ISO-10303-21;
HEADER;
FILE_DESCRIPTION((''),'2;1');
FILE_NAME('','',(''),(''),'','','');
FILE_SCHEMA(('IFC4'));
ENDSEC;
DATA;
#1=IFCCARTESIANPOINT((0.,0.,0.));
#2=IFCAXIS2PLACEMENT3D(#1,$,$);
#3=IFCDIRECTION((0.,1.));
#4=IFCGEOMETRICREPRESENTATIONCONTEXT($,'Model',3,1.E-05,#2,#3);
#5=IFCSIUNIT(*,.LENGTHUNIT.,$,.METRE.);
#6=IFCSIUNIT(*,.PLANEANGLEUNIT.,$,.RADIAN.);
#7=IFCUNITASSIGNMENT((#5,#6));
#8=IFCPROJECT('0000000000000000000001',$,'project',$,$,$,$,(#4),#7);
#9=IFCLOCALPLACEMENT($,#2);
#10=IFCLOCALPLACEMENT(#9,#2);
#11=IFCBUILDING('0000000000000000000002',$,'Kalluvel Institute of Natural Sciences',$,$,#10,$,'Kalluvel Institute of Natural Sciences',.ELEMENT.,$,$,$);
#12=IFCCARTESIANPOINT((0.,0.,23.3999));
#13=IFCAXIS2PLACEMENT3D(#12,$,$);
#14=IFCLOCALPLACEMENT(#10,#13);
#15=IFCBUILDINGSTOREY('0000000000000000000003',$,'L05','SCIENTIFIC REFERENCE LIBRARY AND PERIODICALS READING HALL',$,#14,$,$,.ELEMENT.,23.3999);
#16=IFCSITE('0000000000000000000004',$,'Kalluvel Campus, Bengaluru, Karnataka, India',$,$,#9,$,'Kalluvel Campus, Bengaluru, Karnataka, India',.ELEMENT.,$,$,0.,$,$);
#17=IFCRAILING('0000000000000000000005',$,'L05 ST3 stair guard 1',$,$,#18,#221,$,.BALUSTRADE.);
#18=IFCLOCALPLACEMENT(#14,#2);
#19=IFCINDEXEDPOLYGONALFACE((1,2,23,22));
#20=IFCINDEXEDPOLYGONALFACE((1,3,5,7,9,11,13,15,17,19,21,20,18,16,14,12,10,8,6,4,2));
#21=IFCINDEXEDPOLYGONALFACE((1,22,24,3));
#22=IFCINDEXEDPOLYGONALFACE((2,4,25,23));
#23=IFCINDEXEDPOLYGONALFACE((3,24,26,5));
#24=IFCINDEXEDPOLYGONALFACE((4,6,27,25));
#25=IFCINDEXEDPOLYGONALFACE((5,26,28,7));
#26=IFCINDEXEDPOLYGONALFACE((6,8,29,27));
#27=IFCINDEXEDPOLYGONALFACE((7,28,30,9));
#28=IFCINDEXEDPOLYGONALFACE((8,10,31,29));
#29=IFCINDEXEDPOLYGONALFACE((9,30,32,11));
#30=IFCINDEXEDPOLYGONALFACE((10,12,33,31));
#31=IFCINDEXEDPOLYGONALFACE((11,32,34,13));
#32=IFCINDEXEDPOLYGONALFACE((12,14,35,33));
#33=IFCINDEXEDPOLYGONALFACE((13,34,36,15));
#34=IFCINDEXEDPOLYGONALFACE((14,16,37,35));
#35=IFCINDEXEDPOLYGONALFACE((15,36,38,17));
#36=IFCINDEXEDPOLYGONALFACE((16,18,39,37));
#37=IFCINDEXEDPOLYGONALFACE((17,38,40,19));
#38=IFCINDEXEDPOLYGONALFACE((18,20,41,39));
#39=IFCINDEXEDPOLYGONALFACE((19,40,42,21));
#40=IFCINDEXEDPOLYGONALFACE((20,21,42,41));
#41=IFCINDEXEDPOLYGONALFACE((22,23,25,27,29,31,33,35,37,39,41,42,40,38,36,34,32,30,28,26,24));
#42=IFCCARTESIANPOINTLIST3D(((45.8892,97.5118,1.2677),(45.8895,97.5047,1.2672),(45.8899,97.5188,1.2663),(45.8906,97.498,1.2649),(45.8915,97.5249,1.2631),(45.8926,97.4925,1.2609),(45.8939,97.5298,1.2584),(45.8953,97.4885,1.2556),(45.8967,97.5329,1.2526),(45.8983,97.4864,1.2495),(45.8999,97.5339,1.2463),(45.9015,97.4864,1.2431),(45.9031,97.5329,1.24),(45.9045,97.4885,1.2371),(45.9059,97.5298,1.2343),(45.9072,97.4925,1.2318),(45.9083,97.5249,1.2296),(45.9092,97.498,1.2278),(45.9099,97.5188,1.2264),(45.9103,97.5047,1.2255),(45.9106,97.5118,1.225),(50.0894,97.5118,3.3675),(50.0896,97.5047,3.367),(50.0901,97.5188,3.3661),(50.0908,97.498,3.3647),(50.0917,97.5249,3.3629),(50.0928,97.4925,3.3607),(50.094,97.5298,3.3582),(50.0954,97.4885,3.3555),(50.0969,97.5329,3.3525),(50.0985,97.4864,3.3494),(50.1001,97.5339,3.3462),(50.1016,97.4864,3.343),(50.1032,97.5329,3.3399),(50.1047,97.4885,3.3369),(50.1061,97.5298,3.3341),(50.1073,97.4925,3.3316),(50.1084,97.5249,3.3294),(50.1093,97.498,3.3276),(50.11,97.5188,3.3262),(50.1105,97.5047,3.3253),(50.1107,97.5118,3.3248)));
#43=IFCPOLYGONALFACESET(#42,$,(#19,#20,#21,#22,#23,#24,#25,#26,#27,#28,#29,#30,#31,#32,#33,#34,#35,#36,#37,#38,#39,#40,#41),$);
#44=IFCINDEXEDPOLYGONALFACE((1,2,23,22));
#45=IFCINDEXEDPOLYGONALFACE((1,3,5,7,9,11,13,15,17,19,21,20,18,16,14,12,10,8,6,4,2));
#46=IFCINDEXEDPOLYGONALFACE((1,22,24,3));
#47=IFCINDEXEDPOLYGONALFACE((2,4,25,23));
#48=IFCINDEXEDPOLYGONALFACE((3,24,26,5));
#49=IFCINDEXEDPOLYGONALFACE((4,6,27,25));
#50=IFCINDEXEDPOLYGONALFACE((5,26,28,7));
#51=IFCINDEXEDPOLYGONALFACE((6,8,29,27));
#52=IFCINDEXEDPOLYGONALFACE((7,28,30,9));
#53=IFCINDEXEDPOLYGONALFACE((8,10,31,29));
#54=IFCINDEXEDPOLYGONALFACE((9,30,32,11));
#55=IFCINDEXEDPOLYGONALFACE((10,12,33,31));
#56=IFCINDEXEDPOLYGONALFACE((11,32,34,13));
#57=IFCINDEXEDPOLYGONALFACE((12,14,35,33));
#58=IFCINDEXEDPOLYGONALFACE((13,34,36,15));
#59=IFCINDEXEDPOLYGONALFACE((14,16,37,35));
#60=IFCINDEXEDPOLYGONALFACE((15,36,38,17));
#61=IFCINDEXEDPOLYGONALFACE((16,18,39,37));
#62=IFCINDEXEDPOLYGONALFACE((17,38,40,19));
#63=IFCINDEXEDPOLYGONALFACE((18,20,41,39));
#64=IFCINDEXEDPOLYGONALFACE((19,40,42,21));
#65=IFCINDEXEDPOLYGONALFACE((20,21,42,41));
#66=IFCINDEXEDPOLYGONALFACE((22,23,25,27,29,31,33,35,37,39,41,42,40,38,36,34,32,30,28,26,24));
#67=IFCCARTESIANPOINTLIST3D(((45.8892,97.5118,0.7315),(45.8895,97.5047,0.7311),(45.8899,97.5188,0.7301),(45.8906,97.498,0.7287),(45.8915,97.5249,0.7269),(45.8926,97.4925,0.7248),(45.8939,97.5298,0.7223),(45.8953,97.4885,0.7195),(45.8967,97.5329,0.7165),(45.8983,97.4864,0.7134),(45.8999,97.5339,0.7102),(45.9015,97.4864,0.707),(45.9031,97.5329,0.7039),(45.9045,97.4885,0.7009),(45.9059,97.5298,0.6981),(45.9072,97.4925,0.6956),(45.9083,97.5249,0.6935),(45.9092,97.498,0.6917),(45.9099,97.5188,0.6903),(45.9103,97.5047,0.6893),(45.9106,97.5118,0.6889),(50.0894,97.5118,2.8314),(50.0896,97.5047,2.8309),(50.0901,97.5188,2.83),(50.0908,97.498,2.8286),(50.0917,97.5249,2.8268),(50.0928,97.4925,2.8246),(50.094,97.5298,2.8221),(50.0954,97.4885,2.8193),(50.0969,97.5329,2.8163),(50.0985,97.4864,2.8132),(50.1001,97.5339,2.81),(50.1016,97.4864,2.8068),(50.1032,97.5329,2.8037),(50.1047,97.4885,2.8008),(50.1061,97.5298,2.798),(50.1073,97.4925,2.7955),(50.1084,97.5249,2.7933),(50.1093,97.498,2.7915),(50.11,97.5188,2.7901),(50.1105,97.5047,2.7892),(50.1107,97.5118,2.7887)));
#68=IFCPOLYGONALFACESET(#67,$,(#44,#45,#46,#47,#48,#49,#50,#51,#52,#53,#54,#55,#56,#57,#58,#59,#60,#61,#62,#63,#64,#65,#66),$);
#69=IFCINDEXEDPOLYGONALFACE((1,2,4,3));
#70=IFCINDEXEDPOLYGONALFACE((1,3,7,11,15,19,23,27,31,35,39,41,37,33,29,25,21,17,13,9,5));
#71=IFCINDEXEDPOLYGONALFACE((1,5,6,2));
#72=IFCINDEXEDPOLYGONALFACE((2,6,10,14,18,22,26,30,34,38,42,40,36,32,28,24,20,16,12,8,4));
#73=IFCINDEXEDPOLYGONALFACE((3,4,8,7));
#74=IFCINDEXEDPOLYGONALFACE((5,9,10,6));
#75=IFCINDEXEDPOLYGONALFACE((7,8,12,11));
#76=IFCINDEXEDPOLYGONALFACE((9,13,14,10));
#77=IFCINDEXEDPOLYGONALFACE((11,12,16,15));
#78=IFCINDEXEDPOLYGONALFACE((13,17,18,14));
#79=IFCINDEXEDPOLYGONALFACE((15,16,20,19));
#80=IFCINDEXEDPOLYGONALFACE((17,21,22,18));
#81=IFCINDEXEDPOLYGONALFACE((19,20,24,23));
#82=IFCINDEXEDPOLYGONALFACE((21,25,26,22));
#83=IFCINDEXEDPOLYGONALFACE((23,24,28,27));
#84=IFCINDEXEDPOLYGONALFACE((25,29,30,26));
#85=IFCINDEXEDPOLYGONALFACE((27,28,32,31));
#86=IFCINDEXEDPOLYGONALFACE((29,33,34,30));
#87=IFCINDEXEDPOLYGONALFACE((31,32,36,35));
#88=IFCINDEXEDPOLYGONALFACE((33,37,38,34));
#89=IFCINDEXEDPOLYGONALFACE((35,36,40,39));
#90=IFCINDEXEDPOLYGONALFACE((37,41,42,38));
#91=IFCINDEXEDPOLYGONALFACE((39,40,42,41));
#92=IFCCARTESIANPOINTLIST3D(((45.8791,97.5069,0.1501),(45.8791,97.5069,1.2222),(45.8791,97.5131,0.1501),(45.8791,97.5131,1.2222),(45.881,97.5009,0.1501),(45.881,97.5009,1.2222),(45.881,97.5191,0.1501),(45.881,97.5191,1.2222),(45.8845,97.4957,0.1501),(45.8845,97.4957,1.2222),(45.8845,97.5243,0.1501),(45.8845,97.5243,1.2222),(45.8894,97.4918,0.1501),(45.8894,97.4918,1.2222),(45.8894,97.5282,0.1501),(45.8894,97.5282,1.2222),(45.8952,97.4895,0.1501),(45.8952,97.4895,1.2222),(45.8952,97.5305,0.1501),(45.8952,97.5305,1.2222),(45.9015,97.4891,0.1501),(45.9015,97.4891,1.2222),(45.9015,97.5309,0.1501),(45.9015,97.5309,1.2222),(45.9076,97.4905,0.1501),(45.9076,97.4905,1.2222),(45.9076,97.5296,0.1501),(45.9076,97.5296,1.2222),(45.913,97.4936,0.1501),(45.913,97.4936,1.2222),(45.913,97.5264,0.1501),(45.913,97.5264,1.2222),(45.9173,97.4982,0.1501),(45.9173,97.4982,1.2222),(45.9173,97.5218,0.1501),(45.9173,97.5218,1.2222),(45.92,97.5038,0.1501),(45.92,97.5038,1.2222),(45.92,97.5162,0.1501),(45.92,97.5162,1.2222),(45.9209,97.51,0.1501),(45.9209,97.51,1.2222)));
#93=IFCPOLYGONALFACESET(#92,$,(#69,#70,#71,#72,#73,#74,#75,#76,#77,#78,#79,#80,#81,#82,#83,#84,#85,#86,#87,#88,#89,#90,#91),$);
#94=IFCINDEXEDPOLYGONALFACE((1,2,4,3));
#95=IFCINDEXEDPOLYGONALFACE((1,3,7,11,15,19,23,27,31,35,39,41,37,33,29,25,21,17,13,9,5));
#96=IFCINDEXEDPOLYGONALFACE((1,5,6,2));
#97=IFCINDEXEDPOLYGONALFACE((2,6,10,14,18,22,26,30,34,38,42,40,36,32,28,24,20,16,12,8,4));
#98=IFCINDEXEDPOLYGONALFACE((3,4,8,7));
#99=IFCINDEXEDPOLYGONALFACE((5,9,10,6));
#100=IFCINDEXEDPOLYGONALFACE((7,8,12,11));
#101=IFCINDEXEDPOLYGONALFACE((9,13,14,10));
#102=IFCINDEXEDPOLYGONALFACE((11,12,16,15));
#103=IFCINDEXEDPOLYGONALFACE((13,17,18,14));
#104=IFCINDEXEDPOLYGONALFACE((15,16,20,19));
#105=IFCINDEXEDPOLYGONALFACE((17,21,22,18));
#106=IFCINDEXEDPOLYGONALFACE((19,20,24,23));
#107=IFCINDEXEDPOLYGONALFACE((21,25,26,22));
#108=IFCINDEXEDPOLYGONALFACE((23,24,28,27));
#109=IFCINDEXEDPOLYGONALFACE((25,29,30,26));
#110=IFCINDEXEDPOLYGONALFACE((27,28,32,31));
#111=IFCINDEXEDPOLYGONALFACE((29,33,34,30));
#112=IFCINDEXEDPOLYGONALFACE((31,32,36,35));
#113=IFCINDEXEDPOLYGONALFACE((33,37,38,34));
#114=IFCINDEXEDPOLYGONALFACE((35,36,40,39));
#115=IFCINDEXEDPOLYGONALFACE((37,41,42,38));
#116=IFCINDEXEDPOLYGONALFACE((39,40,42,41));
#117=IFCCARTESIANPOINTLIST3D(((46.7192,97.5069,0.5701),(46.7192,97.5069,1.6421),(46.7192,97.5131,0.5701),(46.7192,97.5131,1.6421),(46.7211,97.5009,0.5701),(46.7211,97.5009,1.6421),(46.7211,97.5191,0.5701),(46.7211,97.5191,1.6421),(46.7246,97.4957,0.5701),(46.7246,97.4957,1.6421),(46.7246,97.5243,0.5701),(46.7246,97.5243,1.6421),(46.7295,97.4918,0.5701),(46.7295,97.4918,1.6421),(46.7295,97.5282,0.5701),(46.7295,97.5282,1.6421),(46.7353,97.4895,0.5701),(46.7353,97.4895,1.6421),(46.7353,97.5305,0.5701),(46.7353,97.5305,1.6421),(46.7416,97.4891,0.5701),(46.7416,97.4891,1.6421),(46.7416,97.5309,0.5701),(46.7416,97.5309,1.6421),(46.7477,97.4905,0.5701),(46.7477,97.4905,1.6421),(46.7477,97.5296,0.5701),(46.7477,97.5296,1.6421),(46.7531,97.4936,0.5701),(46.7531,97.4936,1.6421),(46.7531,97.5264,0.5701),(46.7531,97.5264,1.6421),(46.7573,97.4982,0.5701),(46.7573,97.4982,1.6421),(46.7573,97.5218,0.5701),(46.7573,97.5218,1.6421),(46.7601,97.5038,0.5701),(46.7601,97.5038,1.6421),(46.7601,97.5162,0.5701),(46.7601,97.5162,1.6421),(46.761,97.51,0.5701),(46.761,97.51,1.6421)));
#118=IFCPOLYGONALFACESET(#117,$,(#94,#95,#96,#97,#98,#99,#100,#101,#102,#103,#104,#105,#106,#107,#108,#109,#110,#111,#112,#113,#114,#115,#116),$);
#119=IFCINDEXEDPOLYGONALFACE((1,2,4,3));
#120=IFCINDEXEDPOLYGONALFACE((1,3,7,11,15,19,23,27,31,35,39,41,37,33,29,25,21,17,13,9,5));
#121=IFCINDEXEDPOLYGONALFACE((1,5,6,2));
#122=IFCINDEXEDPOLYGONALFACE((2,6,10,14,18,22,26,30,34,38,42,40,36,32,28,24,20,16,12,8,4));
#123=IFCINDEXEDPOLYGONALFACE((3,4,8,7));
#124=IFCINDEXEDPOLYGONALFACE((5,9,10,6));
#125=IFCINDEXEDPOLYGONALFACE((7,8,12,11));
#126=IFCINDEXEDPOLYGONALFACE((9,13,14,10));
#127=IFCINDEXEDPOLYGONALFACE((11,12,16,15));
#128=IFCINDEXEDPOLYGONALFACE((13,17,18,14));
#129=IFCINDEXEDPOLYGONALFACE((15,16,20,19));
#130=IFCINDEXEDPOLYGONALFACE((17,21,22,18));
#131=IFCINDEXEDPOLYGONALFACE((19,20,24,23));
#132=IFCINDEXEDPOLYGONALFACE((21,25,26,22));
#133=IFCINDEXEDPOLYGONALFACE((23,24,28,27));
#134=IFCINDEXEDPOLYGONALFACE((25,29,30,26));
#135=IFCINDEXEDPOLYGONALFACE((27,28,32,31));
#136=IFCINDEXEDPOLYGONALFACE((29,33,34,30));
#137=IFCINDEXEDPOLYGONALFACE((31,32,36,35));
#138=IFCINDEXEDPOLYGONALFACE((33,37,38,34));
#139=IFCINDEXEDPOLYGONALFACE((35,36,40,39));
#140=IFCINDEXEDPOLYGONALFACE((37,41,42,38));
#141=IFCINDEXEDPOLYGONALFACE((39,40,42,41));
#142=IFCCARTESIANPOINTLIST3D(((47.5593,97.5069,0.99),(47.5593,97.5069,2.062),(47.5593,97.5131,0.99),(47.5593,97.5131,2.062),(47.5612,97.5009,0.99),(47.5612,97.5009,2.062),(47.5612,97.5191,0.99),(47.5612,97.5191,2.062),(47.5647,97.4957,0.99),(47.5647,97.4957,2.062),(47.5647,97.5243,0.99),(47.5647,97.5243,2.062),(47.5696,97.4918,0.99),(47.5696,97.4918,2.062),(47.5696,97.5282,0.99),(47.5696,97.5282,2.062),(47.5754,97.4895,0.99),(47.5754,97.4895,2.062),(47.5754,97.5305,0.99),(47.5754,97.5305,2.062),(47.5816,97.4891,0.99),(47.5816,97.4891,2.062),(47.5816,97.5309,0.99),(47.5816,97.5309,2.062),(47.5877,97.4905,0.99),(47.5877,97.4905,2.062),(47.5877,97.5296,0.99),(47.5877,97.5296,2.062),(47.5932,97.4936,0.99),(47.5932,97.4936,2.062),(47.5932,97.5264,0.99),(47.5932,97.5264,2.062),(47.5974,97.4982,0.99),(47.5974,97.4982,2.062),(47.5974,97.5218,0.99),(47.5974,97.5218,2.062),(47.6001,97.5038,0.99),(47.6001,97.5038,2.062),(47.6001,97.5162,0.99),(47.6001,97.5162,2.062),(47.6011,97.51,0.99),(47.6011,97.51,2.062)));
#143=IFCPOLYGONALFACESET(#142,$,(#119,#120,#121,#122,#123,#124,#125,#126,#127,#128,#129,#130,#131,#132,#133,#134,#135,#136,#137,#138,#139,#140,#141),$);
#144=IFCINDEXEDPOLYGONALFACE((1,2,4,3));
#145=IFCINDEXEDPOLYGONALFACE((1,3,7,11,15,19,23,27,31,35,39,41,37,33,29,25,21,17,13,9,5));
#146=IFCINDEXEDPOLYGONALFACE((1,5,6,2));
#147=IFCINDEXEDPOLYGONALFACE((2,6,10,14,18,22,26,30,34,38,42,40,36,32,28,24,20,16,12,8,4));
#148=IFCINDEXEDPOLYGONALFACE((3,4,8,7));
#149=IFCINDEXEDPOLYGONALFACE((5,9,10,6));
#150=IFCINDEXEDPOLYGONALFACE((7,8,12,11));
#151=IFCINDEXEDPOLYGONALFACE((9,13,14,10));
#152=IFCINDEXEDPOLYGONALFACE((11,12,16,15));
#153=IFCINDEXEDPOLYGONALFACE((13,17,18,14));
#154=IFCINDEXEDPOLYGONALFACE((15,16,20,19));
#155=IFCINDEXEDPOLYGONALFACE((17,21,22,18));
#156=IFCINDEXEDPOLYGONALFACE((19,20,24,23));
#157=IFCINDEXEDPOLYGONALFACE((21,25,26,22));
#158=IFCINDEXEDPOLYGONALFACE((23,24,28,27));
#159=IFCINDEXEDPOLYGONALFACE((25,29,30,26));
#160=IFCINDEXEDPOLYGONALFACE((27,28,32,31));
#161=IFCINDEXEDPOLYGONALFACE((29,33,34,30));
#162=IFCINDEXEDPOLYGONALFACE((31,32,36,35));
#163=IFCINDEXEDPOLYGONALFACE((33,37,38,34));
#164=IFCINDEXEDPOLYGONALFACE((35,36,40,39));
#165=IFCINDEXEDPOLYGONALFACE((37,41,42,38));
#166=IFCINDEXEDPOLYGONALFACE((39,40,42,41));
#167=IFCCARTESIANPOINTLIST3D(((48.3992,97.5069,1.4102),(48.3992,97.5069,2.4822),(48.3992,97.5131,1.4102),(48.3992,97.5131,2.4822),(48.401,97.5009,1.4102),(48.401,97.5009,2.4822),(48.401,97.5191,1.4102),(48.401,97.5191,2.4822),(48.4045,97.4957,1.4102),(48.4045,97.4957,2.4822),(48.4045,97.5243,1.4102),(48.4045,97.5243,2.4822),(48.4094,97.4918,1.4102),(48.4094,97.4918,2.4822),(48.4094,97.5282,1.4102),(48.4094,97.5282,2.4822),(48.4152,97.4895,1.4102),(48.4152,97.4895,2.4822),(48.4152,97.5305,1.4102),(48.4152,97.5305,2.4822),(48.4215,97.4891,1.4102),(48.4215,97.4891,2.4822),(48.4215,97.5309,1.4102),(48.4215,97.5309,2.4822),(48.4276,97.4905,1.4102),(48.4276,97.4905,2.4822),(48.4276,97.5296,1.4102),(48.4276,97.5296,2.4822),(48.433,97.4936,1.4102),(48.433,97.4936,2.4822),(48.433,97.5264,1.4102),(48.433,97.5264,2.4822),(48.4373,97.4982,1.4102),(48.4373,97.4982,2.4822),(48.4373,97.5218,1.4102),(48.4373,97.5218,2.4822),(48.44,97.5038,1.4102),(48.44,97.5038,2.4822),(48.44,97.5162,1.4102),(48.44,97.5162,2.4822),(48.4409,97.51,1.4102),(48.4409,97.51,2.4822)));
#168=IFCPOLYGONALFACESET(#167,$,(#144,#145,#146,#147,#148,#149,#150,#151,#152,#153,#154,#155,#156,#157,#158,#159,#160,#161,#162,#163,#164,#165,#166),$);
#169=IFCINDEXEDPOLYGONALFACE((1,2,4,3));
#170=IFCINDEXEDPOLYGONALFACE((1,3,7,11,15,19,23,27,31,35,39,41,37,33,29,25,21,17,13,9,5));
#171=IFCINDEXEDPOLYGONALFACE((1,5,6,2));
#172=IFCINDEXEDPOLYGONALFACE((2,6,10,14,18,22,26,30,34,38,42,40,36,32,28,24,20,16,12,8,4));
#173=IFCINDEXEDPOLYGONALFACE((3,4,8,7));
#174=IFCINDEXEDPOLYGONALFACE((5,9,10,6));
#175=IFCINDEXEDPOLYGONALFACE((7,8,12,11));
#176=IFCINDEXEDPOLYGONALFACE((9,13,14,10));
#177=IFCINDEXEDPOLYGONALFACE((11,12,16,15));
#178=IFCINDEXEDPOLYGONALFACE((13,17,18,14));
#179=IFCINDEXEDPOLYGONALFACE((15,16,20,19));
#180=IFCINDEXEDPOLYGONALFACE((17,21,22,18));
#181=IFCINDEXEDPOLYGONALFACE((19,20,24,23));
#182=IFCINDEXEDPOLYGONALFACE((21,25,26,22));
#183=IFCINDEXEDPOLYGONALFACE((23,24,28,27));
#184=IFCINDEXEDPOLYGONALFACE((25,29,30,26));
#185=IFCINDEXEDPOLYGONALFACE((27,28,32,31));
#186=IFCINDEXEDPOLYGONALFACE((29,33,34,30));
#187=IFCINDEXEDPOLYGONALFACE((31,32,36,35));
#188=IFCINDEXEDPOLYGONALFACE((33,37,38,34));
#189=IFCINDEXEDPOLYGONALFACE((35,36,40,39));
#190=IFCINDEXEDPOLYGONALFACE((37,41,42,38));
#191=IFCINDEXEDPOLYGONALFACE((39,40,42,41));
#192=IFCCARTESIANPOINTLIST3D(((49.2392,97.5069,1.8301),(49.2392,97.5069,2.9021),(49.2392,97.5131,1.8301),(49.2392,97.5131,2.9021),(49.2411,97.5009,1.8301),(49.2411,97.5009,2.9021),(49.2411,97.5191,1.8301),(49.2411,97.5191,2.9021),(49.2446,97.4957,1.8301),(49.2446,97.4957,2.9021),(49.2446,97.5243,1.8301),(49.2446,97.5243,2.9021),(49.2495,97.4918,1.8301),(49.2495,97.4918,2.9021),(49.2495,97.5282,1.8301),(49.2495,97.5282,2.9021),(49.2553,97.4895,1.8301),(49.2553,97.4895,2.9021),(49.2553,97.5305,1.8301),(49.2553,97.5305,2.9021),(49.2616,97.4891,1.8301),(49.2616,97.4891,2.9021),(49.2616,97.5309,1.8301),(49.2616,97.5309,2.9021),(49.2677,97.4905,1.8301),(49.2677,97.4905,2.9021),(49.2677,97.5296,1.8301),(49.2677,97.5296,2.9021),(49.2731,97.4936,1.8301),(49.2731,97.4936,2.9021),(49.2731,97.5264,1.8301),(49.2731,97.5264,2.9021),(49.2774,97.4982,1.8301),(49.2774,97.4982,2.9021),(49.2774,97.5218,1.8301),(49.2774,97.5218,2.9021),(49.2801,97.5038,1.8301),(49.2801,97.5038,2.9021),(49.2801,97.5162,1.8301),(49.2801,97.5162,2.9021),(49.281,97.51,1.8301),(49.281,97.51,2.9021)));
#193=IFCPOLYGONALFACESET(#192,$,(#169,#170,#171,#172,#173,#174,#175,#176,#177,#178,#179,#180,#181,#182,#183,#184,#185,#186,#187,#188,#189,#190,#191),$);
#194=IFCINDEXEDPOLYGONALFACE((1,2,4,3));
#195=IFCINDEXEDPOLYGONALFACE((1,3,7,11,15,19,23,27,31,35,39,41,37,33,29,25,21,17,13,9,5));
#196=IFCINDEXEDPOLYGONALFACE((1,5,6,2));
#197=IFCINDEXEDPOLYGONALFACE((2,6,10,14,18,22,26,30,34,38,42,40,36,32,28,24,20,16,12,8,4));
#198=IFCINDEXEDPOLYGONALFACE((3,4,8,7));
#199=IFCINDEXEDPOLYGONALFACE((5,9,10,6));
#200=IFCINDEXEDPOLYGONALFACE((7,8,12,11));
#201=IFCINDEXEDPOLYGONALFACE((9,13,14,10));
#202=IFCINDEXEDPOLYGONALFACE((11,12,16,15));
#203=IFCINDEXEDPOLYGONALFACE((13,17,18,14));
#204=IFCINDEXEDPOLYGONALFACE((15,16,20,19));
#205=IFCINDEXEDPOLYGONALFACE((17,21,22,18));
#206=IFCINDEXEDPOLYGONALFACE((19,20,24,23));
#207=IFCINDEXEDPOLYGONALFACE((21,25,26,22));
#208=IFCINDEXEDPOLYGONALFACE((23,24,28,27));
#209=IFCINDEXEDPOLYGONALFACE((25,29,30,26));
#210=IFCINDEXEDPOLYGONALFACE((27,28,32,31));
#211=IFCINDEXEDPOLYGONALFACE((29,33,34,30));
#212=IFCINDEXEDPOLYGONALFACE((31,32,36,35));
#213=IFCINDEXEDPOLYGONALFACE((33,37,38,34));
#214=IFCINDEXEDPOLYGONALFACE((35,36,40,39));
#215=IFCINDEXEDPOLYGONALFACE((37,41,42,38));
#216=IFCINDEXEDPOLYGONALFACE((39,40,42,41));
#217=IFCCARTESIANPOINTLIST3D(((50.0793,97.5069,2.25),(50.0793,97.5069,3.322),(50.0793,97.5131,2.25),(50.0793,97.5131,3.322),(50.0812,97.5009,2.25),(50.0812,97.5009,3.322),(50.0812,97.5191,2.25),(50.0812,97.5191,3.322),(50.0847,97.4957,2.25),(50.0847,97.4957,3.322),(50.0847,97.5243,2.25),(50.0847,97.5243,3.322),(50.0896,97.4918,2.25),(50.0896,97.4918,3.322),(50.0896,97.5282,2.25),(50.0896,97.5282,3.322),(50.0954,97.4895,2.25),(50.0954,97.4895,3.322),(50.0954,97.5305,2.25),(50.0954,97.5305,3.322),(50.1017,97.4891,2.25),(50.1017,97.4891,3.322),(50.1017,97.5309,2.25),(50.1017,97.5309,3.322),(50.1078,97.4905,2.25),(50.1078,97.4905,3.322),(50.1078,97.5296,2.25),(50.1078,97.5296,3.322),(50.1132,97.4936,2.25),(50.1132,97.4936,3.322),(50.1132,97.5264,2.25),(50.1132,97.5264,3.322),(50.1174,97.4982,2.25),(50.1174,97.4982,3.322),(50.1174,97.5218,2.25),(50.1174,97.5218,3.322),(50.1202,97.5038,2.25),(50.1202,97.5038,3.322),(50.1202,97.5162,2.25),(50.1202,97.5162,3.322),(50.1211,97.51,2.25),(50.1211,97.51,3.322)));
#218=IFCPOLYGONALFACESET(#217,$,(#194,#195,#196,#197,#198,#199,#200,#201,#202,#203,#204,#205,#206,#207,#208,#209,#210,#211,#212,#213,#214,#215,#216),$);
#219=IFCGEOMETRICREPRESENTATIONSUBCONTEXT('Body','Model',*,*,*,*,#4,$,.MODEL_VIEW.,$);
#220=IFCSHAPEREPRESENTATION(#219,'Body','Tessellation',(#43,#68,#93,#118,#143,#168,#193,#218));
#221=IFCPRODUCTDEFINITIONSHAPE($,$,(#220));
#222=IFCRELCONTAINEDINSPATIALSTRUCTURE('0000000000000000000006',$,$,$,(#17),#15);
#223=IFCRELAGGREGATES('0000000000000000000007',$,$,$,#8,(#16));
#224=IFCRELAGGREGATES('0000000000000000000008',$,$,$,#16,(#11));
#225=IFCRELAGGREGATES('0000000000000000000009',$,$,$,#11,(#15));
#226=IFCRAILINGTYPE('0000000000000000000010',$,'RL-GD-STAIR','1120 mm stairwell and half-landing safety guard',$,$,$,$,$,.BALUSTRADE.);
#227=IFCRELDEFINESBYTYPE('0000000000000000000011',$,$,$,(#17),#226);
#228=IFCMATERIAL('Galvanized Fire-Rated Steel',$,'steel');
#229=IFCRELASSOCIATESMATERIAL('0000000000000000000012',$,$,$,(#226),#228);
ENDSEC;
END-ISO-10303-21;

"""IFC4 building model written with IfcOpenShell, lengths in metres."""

from ifc_helpers import new_model, si_unit, direction, frame, origin, origin_2d, place, context, subcontext, project, spatial, circle, extrude, material, type_object, element, save


model = new_model("IFC4")

# Units and contexts
model_context = context("Model", 3, precision=1e-05, world=origin(), true_north=direction((0.0, 1.0)))
body_context = subcontext(model_context, "Body", "Model", "MODEL_VIEW")
ifc_project = project(units=[si_unit("LENGTHUNIT", "METRE"), si_unit("PLANEANGLEUNIT", "RADIAN")], contexts=[model_context])

# Site, building, storey
site_placement = place(None, origin())
site = spatial("IfcSite", under=ifc_project, at=site_placement, Name="Kalluvel Campus, Bengaluru, Karnataka, India", LongName="Kalluvel Campus, Bengaluru, Karnataka, India", CompositionType="ELEMENT", RefElevation=0.0)
building_placement = place(site_placement, origin())
building = spatial("IfcBuilding", under=site, at=building_placement, Name="Kalluvel Institute of Natural Sciences", LongName="Kalluvel Institute of Natural Sciences", CompositionType="ELEMENT")
storey_placement = place(building_placement, frame((0.0, 0.0, 23.3999)))
storey = spatial("IfcBuildingStorey", under=building, at=storey_placement, Name="L05", Description="SCIENTIFIC REFERENCE LIBRARY AND PERIODICALS READING HALL", CompositionType="ELEMENT", Elevation=23.3999)

# Railing
ifc_material_1 = material(Name="Galvanized Fire-Rated Steel", Category="steel")
railing_type_1 = type_object("IfcRailingType", Name="RL-GD-STAIR", Description="1120 mm stairwell and half-landing safety guard", PredefinedType="BALUSTRADE", material=ifc_material_1)
railing_1_placement = place(storey_placement, frame((45.8999, 97.51, 0.1501)))
element("IfcRailing", 1, at=railing_1_placement, inside=storey, type_object=railing_type_1, Name="L05 ST3 stair guard 1", PredefinedType="BALUSTRADE", context=body_context, shape_type="SweptSolid", body=[
    extrude(circle(Radius=0.0239, at=origin_2d()), frame((0.0, 0.0, 1.0962), z_axis=(0.894448, 0.0, 0.447172), x_axis=(0.0, 1.0, 0.0)), (0.0, 0.0, 1.0), 4.6958),
    extrude(circle(Radius=0.0239, at=origin_2d()), frame((0.0, 0.0, 0.5601), z_axis=(0.894448, 0.0, 0.447172), x_axis=(0.0, 1.0, 0.0)), (0.0, 0.0, 1.0), 4.6958),
    extrude(circle(Radius=0.021, at=origin_2d()), origin(), (0.0, 0.0, 1.0), 1.072),
    extrude(circle(Radius=0.021, at=origin_2d()), frame((0.8401, 0.0, 0.4199)), (0.0, 0.0, 1.0), 1.072),
    extrude(circle(Radius=0.021, at=origin_2d()), frame((1.6802, 0.0, 0.8398)), (0.0, 0.0, 1.0), 1.072),
    extrude(circle(Radius=0.021, at=origin_2d()), frame((2.52, 0.0, 1.26)), (0.0, 0.0, 1.0), 1.072),
    extrude(circle(Radius=0.021, at=origin_2d()), frame((3.3601, 0.0, 1.6799)), (0.0, 0.0, 1.0), 1.072),
    extrude(circle(Radius=0.021, at=origin_2d()), frame((4.2002, 0.0, 2.0999)), (0.0, 0.0, 1.0), 1.072),
])

save(model, "model.ifc")
